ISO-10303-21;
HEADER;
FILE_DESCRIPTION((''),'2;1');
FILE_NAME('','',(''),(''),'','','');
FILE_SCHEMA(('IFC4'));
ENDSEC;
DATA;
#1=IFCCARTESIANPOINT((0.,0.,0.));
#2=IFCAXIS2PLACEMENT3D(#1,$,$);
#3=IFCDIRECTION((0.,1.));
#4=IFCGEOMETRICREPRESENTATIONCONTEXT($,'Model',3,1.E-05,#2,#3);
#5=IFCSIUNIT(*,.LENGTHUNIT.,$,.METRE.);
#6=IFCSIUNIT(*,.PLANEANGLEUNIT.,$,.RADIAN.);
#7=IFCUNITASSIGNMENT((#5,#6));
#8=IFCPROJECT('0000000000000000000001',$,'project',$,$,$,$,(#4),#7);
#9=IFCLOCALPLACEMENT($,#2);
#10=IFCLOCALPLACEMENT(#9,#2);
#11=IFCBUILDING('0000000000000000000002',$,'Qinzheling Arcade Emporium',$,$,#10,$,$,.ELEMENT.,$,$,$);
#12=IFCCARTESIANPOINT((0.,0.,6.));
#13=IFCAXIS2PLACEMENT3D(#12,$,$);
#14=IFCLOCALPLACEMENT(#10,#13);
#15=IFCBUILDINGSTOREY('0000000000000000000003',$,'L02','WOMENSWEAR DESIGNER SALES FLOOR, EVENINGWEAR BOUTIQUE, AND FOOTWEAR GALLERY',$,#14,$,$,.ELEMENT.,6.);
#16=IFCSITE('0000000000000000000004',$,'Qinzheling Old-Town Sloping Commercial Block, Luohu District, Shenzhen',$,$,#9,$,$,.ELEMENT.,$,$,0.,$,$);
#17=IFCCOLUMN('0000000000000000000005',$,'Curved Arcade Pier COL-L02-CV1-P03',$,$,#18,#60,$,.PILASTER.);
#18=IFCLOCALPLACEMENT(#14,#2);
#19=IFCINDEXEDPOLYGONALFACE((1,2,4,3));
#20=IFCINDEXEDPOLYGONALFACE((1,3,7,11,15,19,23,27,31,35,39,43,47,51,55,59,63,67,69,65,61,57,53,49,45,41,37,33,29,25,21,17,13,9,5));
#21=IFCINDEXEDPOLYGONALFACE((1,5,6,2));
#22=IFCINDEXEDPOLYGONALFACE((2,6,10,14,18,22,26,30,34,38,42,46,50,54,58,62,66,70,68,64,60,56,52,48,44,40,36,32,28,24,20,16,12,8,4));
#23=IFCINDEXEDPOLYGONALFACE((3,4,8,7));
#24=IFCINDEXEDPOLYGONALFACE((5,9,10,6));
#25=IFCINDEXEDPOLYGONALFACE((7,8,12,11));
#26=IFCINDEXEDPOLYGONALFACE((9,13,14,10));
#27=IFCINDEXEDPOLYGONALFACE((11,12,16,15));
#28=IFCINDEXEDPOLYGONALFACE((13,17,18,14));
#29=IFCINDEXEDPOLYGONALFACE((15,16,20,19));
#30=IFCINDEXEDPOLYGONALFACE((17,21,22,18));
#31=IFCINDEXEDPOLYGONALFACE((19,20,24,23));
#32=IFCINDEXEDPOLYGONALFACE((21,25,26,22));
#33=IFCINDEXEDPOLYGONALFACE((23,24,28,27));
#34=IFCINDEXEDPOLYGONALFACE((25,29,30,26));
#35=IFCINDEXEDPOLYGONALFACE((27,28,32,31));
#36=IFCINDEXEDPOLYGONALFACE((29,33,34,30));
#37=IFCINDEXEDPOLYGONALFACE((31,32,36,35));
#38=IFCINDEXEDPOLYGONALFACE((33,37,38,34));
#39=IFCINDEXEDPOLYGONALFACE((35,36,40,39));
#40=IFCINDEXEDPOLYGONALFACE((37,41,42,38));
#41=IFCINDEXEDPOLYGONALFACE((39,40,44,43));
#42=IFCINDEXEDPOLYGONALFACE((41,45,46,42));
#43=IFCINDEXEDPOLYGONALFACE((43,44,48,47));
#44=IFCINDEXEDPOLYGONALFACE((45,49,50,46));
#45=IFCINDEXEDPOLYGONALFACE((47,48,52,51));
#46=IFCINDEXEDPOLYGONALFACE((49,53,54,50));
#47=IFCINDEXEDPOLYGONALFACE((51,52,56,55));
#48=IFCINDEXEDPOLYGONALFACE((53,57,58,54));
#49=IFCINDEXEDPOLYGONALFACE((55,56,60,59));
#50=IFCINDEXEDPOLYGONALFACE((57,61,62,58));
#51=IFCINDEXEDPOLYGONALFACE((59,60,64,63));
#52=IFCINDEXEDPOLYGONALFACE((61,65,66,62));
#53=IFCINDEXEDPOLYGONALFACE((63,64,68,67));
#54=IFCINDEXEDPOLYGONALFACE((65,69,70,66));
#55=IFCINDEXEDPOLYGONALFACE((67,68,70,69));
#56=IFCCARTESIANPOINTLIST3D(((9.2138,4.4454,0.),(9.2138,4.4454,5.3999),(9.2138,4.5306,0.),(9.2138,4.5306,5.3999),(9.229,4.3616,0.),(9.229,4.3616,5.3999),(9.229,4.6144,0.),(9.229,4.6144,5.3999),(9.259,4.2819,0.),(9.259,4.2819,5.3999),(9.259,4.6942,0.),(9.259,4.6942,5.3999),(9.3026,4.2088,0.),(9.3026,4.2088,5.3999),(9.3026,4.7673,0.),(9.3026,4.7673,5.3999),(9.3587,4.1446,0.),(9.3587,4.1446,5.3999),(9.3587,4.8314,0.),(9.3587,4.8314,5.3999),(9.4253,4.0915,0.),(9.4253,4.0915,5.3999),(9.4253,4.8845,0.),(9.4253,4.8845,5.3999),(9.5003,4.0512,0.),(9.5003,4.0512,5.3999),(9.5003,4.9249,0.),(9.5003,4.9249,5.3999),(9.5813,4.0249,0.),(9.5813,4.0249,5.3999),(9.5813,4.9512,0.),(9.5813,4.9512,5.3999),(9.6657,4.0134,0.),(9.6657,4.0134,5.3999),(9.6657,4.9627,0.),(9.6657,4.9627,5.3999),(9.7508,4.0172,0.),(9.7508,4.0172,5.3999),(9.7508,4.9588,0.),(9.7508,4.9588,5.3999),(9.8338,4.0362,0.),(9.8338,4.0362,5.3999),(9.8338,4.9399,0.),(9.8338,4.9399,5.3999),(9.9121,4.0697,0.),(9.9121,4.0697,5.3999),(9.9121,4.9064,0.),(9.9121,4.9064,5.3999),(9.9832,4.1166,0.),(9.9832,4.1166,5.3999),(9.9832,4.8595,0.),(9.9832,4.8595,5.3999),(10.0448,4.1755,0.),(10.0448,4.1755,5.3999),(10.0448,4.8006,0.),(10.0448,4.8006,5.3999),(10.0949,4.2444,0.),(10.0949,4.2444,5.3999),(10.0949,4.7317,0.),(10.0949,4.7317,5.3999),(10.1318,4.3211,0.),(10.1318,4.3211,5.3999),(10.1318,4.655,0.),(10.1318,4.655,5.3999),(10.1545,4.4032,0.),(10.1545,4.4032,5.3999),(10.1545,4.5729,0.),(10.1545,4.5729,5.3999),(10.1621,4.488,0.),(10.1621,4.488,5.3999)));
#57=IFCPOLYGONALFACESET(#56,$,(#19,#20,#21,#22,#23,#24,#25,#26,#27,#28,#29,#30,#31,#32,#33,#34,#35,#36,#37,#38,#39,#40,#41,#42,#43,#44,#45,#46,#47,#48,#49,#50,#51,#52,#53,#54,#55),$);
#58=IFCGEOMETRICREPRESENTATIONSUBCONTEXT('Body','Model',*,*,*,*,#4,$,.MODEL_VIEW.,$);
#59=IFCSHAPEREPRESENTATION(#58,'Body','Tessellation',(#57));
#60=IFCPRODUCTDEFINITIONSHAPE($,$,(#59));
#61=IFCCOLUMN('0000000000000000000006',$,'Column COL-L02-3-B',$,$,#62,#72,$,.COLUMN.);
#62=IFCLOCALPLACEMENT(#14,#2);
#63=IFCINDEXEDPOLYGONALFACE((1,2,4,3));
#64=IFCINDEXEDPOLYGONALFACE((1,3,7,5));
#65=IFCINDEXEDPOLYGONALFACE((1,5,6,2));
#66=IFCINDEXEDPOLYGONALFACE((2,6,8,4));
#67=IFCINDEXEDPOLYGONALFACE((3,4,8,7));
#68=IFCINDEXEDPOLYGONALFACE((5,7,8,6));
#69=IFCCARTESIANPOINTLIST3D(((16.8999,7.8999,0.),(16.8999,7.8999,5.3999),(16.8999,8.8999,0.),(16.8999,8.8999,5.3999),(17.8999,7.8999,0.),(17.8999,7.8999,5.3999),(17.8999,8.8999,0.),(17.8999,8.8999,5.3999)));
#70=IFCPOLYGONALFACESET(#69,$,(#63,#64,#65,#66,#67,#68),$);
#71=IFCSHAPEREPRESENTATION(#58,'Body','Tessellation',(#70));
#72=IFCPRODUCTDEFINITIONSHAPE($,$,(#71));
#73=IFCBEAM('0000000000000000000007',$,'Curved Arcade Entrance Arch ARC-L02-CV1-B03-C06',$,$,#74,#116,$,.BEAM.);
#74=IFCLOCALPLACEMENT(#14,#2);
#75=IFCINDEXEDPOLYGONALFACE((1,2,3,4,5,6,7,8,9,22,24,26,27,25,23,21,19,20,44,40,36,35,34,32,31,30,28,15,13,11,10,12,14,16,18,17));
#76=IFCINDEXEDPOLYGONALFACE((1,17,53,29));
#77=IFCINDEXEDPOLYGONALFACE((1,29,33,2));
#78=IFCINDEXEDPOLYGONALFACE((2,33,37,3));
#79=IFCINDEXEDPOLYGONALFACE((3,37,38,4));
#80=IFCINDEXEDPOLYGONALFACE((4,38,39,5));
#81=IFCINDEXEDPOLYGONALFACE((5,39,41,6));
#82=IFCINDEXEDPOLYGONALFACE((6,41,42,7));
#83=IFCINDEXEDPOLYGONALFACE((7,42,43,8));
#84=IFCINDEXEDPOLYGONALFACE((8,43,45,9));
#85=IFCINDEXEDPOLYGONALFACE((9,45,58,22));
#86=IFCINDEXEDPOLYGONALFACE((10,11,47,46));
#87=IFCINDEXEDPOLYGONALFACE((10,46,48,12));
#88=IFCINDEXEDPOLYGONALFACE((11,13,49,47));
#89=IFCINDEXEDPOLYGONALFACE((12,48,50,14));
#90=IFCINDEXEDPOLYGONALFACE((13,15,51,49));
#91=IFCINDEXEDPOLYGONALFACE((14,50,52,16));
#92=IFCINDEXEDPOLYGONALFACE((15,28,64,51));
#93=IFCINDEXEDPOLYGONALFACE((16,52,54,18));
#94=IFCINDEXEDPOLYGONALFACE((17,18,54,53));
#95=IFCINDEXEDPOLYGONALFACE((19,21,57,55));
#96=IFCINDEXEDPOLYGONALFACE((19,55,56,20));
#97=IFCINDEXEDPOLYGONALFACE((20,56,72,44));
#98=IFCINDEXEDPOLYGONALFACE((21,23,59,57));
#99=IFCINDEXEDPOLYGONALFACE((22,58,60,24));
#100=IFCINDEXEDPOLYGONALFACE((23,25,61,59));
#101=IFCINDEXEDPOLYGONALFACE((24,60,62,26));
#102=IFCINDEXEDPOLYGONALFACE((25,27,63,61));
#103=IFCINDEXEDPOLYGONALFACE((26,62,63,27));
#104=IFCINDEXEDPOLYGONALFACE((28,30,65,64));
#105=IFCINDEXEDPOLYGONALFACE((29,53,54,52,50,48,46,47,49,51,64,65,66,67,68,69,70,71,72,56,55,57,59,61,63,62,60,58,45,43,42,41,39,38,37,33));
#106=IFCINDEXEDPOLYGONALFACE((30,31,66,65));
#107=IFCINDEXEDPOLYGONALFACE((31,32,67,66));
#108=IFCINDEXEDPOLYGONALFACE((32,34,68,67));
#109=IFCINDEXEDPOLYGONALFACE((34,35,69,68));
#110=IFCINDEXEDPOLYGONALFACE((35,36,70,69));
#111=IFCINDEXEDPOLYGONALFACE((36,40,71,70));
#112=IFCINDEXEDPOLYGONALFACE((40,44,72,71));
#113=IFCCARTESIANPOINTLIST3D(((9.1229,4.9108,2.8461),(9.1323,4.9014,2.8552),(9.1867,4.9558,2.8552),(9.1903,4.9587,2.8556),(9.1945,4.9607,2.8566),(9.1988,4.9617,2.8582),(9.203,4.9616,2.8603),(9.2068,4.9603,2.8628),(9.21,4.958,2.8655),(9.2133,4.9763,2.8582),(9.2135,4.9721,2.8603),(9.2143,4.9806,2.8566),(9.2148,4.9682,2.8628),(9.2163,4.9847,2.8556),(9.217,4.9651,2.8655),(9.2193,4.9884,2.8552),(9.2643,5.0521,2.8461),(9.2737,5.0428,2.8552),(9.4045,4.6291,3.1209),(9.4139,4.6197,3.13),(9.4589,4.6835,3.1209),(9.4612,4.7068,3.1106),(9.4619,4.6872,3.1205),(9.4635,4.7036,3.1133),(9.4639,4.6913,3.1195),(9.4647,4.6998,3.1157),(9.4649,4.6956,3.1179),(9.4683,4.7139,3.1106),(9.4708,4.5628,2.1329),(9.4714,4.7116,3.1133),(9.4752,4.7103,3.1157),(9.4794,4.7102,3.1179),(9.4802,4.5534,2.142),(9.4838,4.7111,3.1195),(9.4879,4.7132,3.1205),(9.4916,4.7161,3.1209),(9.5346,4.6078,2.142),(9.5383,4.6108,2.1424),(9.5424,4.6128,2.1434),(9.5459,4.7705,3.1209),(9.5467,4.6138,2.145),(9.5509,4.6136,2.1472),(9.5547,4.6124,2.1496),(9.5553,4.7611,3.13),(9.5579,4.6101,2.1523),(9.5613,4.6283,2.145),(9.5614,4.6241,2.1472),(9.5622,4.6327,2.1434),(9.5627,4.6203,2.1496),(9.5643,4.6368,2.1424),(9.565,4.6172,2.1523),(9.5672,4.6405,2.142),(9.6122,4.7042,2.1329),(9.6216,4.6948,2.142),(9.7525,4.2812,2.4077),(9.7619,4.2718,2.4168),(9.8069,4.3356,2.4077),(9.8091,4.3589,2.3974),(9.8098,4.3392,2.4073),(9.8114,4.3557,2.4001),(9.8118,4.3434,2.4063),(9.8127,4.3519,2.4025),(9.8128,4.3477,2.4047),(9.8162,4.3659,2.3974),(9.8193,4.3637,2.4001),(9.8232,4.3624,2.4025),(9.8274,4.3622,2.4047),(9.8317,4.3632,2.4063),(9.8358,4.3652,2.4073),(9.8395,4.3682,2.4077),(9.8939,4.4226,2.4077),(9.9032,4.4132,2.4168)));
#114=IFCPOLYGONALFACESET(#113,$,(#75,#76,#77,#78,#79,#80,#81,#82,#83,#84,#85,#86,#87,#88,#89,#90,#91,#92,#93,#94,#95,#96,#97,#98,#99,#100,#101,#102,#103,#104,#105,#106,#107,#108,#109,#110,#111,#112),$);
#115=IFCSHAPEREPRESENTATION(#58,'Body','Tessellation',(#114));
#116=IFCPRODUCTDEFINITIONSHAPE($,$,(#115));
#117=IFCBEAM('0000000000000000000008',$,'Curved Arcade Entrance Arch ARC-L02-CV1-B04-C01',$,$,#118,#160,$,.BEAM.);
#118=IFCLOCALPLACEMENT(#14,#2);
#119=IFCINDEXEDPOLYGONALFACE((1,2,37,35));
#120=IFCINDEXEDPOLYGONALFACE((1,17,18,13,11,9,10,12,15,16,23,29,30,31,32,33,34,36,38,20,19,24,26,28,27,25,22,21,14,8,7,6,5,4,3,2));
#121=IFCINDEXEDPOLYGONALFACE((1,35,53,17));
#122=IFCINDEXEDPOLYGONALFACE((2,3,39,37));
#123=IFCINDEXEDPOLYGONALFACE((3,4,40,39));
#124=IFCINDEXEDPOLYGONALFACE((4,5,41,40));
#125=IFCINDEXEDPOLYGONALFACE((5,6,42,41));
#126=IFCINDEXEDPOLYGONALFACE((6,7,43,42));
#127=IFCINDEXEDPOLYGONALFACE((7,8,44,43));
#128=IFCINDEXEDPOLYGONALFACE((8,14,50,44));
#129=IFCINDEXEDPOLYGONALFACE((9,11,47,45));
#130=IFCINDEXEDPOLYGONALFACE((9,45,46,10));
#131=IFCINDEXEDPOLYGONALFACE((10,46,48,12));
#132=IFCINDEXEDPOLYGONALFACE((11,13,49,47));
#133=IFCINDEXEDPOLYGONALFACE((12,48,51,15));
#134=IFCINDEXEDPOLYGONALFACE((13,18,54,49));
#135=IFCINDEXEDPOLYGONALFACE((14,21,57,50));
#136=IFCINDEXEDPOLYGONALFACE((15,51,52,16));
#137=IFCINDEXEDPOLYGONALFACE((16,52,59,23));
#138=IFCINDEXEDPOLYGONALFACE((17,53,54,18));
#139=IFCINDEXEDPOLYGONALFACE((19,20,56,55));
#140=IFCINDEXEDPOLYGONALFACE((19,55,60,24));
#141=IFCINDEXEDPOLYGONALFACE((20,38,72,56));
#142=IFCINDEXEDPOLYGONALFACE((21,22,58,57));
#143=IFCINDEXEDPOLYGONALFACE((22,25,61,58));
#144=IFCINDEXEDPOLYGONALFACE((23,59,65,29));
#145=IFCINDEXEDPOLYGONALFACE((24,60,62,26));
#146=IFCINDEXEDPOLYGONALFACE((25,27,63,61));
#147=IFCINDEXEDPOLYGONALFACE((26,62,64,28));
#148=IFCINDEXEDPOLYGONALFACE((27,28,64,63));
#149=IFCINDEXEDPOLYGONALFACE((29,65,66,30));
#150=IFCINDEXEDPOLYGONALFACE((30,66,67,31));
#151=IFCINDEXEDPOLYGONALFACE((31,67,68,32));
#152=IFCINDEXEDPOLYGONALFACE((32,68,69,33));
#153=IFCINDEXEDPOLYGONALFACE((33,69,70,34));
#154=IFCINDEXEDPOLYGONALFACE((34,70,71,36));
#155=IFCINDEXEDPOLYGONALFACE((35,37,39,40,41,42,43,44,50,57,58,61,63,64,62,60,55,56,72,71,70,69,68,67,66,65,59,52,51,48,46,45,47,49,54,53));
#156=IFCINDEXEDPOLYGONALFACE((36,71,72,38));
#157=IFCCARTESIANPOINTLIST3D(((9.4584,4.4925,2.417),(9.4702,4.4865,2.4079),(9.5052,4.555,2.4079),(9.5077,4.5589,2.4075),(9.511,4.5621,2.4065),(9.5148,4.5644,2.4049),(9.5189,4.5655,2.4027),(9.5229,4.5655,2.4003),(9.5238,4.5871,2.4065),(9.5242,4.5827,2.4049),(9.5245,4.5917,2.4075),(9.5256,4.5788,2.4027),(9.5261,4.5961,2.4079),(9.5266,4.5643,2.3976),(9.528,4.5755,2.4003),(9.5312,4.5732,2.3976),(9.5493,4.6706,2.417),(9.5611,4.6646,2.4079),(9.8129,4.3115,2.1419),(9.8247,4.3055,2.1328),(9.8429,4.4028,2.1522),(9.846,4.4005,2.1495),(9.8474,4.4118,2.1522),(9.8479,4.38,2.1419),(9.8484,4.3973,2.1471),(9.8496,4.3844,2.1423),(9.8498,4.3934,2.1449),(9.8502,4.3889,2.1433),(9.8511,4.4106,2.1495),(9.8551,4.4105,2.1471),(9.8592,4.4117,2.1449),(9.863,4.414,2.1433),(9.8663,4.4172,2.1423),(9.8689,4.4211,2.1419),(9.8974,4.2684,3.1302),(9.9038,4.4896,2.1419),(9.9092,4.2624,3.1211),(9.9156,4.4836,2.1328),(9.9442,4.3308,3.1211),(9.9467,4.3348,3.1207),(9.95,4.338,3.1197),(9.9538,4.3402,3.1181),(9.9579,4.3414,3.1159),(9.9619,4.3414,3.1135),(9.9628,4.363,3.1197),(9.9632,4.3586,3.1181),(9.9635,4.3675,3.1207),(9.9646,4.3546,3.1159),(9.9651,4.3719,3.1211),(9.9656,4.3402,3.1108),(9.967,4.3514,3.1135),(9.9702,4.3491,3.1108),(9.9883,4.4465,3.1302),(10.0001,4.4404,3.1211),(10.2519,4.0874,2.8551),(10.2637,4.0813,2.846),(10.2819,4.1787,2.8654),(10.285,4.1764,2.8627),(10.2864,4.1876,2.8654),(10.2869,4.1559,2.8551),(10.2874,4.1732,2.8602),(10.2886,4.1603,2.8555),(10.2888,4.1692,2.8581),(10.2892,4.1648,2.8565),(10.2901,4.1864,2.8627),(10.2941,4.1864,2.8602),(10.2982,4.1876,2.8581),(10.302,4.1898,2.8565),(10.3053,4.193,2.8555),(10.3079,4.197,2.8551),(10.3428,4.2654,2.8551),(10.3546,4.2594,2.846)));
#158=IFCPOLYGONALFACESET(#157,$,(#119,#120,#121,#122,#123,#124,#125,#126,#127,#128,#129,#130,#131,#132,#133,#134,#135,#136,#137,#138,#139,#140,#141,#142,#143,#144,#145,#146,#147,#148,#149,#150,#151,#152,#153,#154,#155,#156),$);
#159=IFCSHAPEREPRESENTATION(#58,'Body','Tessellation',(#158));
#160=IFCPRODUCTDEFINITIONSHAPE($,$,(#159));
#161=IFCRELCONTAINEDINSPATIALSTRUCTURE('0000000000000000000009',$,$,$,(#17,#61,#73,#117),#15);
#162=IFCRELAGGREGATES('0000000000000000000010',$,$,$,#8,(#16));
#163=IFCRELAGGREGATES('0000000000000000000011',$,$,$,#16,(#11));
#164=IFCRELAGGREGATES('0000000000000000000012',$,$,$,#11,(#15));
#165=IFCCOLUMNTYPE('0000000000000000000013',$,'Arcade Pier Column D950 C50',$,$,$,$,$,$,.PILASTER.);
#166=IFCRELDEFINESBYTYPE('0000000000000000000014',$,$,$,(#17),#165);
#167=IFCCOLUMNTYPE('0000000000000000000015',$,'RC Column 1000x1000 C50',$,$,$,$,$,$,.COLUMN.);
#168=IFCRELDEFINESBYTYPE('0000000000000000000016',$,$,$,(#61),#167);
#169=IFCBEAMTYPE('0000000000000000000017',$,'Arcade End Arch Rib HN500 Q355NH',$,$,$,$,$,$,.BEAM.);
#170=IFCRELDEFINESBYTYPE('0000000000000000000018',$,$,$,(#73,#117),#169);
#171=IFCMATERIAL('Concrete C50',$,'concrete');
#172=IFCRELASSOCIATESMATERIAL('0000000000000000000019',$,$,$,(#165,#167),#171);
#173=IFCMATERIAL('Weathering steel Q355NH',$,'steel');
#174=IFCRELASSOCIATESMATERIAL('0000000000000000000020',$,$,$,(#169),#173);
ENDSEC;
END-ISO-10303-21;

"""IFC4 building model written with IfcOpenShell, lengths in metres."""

from ifc_helpers import new_model, si_unit, direction, frame, origin, origin_2d, place, context, subcontext, project, spatial, rectangle, circle, i_section, extrude, material, material_profile, profile_set, type_object, element, save


model = new_model("IFC4")

# Units and contexts
model_context = context("Model", 3, precision=1e-05, world=origin(), true_north=direction((0.0, 1.0)))
body_context = subcontext(model_context, "Body", "Model", "MODEL_VIEW")
ifc_project = project(units=[si_unit("LENGTHUNIT", "METRE"), si_unit("PLANEANGLEUNIT", "RADIAN")], contexts=[model_context])

# Site, building, storey
site_placement = place(None, origin())
site = spatial("IfcSite", under=ifc_project, at=site_placement, Name="Qinzheling Old-Town Sloping Commercial Block, Luohu District, Shenzhen", CompositionType="ELEMENT", RefElevation=0.0)
building_placement = place(site_placement, origin())
building = spatial("IfcBuilding", under=site, at=building_placement, Name="Qinzheling Arcade Emporium", CompositionType="ELEMENT")
storey_placement = place(building_placement, frame((0.0, 0.0, 6.0)))
storey = spatial("IfcBuildingStorey", under=building, at=storey_placement, Name="L02", Description="WOMENSWEAR DESIGNER SALES FLOOR, EVENINGWEAR BOUTIQUE, AND FOOTWEAR GALLERY", CompositionType="ELEMENT", Elevation=6.0)

# Columns
ifc_material_1 = material(Name="Concrete C50", Category="concrete")
ifc_material_profile_1 = material_profile(ifc_material_1, circle(Radius=0.4751, at=origin_2d()), Name="RC D950", Category="concrete")
ifc_profile_set_1 = profile_set([ifc_material_profile_1], Name="Concrete C50")
column_type_1 = type_object("IfcColumnType", Name="Arcade Pier Column D950 C50", PredefinedType="PILASTER", material=ifc_profile_set_1)
column_1_placement = place(storey_placement, frame((9.687, 4.488, 0.0), z_axis=(0.0, 0.0, 1.0), x_axis=(1.0, 0.0, 0.0)))
element("IfcColumn", 1, at=column_1_placement, inside=storey, type_object=column_type_1, Name="Curved Arcade Pier COL-L02-CV1-P03", PredefinedType="PILASTER", context=body_context, shape_type="SweptSolid", body=[
    extrude(circle(Radius=0.4751, at=origin_2d()), origin(), (0.0, 0.0, 1.0), 5.3999),
])
ifc_material_profile_2 = material_profile(ifc_material_1, rectangle(XDim=1.0, YDim=1.0, at=origin_2d()), Name="RC 1000x1000", Category="concrete")
ifc_profile_set_2 = profile_set([ifc_material_profile_2], Name="Concrete C50")
column_type_2 = type_object("IfcColumnType", Name="RC Column 1000x1000 C50", PredefinedType="COLUMN", material=ifc_profile_set_2)
column_2_placement = place(storey_placement, frame((17.3999, 8.3999, 0.0), z_axis=(0.0, 0.0, 1.0), x_axis=(1.0, 0.0, 0.0)))
element("IfcColumn", 2, at=column_2_placement, inside=storey, type_object=column_type_2, Name="Column COL-L02-3-B", PredefinedType="COLUMN", context=body_context, shape_type="SweptSolid", body=[
    extrude(rectangle(XDim=1.0, YDim=1.0, at=origin_2d()), origin(), (0.0, 0.0, 1.0), 5.3999),
])

# Beams
ifc_material_2 = material(Name="Weathering steel Q355NH", Category="steel")
ifc_material_profile_3 = material_profile(ifc_material_2, i_section(OverallWidth=0.2, OverallDepth=0.5, WebThickness=0.01, FlangeThickness=0.0161, FilletRadius=0.0181, at=origin_2d()), Name="HN 500x200x10x16", Category="steel")
ifc_profile_set_3 = profile_set([ifc_material_profile_3], Name="Weathering steel Q355NH")
beam_type_1 = type_object("IfcBeamType", Name="Arcade End Arch Rib HN500 Q355NH", PredefinedType="BEAM", material=ifc_profile_set_3)
beam_1_placement = place(storey_placement, frame((9.3391, 4.8359, 2.988), z_axis=(0.401552, -0.401552, -0.823111), x_axis=(0.707107, 0.707107, 0.0)))
element("IfcBeam", 3, at=beam_1_placement, inside=storey, type_object=beam_type_1, Name="Curved Arcade Entrance Arch ARC-L02-CV1-B03-C06", PredefinedType="BEAM", context=body_context, shape_type="SweptSolid", body=[
    extrude(i_section(OverallWidth=0.2, OverallDepth=0.5, WebThickness=0.01, FlangeThickness=0.0161, FilletRadius=0.0181, at=origin_2d()), origin(), (0.0, 0.0, 1.0), 0.8665),
])
beam_2_placement = place(storey_placement, frame((9.687, 4.488, 2.2749), z_axis=(0.506373, -0.258538, 0.822645), x_axis=(0.454727, 0.890631, 0.0)))
element("IfcBeam", 4, at=beam_2_placement, inside=storey, type_object=beam_type_1, Name="Curved Arcade Entrance Arch ARC-L02-CV1-B04-C01", PredefinedType="BEAM", context=body_context, shape_type="SweptSolid", body=[
    extrude(i_section(OverallWidth=0.2, OverallDepth=0.5, WebThickness=0.01, FlangeThickness=0.0161, FilletRadius=0.0181, at=origin_2d()), origin(), (0.0, 0.0, 1.0), 0.8669),
])

save(model, "model.ifc")
